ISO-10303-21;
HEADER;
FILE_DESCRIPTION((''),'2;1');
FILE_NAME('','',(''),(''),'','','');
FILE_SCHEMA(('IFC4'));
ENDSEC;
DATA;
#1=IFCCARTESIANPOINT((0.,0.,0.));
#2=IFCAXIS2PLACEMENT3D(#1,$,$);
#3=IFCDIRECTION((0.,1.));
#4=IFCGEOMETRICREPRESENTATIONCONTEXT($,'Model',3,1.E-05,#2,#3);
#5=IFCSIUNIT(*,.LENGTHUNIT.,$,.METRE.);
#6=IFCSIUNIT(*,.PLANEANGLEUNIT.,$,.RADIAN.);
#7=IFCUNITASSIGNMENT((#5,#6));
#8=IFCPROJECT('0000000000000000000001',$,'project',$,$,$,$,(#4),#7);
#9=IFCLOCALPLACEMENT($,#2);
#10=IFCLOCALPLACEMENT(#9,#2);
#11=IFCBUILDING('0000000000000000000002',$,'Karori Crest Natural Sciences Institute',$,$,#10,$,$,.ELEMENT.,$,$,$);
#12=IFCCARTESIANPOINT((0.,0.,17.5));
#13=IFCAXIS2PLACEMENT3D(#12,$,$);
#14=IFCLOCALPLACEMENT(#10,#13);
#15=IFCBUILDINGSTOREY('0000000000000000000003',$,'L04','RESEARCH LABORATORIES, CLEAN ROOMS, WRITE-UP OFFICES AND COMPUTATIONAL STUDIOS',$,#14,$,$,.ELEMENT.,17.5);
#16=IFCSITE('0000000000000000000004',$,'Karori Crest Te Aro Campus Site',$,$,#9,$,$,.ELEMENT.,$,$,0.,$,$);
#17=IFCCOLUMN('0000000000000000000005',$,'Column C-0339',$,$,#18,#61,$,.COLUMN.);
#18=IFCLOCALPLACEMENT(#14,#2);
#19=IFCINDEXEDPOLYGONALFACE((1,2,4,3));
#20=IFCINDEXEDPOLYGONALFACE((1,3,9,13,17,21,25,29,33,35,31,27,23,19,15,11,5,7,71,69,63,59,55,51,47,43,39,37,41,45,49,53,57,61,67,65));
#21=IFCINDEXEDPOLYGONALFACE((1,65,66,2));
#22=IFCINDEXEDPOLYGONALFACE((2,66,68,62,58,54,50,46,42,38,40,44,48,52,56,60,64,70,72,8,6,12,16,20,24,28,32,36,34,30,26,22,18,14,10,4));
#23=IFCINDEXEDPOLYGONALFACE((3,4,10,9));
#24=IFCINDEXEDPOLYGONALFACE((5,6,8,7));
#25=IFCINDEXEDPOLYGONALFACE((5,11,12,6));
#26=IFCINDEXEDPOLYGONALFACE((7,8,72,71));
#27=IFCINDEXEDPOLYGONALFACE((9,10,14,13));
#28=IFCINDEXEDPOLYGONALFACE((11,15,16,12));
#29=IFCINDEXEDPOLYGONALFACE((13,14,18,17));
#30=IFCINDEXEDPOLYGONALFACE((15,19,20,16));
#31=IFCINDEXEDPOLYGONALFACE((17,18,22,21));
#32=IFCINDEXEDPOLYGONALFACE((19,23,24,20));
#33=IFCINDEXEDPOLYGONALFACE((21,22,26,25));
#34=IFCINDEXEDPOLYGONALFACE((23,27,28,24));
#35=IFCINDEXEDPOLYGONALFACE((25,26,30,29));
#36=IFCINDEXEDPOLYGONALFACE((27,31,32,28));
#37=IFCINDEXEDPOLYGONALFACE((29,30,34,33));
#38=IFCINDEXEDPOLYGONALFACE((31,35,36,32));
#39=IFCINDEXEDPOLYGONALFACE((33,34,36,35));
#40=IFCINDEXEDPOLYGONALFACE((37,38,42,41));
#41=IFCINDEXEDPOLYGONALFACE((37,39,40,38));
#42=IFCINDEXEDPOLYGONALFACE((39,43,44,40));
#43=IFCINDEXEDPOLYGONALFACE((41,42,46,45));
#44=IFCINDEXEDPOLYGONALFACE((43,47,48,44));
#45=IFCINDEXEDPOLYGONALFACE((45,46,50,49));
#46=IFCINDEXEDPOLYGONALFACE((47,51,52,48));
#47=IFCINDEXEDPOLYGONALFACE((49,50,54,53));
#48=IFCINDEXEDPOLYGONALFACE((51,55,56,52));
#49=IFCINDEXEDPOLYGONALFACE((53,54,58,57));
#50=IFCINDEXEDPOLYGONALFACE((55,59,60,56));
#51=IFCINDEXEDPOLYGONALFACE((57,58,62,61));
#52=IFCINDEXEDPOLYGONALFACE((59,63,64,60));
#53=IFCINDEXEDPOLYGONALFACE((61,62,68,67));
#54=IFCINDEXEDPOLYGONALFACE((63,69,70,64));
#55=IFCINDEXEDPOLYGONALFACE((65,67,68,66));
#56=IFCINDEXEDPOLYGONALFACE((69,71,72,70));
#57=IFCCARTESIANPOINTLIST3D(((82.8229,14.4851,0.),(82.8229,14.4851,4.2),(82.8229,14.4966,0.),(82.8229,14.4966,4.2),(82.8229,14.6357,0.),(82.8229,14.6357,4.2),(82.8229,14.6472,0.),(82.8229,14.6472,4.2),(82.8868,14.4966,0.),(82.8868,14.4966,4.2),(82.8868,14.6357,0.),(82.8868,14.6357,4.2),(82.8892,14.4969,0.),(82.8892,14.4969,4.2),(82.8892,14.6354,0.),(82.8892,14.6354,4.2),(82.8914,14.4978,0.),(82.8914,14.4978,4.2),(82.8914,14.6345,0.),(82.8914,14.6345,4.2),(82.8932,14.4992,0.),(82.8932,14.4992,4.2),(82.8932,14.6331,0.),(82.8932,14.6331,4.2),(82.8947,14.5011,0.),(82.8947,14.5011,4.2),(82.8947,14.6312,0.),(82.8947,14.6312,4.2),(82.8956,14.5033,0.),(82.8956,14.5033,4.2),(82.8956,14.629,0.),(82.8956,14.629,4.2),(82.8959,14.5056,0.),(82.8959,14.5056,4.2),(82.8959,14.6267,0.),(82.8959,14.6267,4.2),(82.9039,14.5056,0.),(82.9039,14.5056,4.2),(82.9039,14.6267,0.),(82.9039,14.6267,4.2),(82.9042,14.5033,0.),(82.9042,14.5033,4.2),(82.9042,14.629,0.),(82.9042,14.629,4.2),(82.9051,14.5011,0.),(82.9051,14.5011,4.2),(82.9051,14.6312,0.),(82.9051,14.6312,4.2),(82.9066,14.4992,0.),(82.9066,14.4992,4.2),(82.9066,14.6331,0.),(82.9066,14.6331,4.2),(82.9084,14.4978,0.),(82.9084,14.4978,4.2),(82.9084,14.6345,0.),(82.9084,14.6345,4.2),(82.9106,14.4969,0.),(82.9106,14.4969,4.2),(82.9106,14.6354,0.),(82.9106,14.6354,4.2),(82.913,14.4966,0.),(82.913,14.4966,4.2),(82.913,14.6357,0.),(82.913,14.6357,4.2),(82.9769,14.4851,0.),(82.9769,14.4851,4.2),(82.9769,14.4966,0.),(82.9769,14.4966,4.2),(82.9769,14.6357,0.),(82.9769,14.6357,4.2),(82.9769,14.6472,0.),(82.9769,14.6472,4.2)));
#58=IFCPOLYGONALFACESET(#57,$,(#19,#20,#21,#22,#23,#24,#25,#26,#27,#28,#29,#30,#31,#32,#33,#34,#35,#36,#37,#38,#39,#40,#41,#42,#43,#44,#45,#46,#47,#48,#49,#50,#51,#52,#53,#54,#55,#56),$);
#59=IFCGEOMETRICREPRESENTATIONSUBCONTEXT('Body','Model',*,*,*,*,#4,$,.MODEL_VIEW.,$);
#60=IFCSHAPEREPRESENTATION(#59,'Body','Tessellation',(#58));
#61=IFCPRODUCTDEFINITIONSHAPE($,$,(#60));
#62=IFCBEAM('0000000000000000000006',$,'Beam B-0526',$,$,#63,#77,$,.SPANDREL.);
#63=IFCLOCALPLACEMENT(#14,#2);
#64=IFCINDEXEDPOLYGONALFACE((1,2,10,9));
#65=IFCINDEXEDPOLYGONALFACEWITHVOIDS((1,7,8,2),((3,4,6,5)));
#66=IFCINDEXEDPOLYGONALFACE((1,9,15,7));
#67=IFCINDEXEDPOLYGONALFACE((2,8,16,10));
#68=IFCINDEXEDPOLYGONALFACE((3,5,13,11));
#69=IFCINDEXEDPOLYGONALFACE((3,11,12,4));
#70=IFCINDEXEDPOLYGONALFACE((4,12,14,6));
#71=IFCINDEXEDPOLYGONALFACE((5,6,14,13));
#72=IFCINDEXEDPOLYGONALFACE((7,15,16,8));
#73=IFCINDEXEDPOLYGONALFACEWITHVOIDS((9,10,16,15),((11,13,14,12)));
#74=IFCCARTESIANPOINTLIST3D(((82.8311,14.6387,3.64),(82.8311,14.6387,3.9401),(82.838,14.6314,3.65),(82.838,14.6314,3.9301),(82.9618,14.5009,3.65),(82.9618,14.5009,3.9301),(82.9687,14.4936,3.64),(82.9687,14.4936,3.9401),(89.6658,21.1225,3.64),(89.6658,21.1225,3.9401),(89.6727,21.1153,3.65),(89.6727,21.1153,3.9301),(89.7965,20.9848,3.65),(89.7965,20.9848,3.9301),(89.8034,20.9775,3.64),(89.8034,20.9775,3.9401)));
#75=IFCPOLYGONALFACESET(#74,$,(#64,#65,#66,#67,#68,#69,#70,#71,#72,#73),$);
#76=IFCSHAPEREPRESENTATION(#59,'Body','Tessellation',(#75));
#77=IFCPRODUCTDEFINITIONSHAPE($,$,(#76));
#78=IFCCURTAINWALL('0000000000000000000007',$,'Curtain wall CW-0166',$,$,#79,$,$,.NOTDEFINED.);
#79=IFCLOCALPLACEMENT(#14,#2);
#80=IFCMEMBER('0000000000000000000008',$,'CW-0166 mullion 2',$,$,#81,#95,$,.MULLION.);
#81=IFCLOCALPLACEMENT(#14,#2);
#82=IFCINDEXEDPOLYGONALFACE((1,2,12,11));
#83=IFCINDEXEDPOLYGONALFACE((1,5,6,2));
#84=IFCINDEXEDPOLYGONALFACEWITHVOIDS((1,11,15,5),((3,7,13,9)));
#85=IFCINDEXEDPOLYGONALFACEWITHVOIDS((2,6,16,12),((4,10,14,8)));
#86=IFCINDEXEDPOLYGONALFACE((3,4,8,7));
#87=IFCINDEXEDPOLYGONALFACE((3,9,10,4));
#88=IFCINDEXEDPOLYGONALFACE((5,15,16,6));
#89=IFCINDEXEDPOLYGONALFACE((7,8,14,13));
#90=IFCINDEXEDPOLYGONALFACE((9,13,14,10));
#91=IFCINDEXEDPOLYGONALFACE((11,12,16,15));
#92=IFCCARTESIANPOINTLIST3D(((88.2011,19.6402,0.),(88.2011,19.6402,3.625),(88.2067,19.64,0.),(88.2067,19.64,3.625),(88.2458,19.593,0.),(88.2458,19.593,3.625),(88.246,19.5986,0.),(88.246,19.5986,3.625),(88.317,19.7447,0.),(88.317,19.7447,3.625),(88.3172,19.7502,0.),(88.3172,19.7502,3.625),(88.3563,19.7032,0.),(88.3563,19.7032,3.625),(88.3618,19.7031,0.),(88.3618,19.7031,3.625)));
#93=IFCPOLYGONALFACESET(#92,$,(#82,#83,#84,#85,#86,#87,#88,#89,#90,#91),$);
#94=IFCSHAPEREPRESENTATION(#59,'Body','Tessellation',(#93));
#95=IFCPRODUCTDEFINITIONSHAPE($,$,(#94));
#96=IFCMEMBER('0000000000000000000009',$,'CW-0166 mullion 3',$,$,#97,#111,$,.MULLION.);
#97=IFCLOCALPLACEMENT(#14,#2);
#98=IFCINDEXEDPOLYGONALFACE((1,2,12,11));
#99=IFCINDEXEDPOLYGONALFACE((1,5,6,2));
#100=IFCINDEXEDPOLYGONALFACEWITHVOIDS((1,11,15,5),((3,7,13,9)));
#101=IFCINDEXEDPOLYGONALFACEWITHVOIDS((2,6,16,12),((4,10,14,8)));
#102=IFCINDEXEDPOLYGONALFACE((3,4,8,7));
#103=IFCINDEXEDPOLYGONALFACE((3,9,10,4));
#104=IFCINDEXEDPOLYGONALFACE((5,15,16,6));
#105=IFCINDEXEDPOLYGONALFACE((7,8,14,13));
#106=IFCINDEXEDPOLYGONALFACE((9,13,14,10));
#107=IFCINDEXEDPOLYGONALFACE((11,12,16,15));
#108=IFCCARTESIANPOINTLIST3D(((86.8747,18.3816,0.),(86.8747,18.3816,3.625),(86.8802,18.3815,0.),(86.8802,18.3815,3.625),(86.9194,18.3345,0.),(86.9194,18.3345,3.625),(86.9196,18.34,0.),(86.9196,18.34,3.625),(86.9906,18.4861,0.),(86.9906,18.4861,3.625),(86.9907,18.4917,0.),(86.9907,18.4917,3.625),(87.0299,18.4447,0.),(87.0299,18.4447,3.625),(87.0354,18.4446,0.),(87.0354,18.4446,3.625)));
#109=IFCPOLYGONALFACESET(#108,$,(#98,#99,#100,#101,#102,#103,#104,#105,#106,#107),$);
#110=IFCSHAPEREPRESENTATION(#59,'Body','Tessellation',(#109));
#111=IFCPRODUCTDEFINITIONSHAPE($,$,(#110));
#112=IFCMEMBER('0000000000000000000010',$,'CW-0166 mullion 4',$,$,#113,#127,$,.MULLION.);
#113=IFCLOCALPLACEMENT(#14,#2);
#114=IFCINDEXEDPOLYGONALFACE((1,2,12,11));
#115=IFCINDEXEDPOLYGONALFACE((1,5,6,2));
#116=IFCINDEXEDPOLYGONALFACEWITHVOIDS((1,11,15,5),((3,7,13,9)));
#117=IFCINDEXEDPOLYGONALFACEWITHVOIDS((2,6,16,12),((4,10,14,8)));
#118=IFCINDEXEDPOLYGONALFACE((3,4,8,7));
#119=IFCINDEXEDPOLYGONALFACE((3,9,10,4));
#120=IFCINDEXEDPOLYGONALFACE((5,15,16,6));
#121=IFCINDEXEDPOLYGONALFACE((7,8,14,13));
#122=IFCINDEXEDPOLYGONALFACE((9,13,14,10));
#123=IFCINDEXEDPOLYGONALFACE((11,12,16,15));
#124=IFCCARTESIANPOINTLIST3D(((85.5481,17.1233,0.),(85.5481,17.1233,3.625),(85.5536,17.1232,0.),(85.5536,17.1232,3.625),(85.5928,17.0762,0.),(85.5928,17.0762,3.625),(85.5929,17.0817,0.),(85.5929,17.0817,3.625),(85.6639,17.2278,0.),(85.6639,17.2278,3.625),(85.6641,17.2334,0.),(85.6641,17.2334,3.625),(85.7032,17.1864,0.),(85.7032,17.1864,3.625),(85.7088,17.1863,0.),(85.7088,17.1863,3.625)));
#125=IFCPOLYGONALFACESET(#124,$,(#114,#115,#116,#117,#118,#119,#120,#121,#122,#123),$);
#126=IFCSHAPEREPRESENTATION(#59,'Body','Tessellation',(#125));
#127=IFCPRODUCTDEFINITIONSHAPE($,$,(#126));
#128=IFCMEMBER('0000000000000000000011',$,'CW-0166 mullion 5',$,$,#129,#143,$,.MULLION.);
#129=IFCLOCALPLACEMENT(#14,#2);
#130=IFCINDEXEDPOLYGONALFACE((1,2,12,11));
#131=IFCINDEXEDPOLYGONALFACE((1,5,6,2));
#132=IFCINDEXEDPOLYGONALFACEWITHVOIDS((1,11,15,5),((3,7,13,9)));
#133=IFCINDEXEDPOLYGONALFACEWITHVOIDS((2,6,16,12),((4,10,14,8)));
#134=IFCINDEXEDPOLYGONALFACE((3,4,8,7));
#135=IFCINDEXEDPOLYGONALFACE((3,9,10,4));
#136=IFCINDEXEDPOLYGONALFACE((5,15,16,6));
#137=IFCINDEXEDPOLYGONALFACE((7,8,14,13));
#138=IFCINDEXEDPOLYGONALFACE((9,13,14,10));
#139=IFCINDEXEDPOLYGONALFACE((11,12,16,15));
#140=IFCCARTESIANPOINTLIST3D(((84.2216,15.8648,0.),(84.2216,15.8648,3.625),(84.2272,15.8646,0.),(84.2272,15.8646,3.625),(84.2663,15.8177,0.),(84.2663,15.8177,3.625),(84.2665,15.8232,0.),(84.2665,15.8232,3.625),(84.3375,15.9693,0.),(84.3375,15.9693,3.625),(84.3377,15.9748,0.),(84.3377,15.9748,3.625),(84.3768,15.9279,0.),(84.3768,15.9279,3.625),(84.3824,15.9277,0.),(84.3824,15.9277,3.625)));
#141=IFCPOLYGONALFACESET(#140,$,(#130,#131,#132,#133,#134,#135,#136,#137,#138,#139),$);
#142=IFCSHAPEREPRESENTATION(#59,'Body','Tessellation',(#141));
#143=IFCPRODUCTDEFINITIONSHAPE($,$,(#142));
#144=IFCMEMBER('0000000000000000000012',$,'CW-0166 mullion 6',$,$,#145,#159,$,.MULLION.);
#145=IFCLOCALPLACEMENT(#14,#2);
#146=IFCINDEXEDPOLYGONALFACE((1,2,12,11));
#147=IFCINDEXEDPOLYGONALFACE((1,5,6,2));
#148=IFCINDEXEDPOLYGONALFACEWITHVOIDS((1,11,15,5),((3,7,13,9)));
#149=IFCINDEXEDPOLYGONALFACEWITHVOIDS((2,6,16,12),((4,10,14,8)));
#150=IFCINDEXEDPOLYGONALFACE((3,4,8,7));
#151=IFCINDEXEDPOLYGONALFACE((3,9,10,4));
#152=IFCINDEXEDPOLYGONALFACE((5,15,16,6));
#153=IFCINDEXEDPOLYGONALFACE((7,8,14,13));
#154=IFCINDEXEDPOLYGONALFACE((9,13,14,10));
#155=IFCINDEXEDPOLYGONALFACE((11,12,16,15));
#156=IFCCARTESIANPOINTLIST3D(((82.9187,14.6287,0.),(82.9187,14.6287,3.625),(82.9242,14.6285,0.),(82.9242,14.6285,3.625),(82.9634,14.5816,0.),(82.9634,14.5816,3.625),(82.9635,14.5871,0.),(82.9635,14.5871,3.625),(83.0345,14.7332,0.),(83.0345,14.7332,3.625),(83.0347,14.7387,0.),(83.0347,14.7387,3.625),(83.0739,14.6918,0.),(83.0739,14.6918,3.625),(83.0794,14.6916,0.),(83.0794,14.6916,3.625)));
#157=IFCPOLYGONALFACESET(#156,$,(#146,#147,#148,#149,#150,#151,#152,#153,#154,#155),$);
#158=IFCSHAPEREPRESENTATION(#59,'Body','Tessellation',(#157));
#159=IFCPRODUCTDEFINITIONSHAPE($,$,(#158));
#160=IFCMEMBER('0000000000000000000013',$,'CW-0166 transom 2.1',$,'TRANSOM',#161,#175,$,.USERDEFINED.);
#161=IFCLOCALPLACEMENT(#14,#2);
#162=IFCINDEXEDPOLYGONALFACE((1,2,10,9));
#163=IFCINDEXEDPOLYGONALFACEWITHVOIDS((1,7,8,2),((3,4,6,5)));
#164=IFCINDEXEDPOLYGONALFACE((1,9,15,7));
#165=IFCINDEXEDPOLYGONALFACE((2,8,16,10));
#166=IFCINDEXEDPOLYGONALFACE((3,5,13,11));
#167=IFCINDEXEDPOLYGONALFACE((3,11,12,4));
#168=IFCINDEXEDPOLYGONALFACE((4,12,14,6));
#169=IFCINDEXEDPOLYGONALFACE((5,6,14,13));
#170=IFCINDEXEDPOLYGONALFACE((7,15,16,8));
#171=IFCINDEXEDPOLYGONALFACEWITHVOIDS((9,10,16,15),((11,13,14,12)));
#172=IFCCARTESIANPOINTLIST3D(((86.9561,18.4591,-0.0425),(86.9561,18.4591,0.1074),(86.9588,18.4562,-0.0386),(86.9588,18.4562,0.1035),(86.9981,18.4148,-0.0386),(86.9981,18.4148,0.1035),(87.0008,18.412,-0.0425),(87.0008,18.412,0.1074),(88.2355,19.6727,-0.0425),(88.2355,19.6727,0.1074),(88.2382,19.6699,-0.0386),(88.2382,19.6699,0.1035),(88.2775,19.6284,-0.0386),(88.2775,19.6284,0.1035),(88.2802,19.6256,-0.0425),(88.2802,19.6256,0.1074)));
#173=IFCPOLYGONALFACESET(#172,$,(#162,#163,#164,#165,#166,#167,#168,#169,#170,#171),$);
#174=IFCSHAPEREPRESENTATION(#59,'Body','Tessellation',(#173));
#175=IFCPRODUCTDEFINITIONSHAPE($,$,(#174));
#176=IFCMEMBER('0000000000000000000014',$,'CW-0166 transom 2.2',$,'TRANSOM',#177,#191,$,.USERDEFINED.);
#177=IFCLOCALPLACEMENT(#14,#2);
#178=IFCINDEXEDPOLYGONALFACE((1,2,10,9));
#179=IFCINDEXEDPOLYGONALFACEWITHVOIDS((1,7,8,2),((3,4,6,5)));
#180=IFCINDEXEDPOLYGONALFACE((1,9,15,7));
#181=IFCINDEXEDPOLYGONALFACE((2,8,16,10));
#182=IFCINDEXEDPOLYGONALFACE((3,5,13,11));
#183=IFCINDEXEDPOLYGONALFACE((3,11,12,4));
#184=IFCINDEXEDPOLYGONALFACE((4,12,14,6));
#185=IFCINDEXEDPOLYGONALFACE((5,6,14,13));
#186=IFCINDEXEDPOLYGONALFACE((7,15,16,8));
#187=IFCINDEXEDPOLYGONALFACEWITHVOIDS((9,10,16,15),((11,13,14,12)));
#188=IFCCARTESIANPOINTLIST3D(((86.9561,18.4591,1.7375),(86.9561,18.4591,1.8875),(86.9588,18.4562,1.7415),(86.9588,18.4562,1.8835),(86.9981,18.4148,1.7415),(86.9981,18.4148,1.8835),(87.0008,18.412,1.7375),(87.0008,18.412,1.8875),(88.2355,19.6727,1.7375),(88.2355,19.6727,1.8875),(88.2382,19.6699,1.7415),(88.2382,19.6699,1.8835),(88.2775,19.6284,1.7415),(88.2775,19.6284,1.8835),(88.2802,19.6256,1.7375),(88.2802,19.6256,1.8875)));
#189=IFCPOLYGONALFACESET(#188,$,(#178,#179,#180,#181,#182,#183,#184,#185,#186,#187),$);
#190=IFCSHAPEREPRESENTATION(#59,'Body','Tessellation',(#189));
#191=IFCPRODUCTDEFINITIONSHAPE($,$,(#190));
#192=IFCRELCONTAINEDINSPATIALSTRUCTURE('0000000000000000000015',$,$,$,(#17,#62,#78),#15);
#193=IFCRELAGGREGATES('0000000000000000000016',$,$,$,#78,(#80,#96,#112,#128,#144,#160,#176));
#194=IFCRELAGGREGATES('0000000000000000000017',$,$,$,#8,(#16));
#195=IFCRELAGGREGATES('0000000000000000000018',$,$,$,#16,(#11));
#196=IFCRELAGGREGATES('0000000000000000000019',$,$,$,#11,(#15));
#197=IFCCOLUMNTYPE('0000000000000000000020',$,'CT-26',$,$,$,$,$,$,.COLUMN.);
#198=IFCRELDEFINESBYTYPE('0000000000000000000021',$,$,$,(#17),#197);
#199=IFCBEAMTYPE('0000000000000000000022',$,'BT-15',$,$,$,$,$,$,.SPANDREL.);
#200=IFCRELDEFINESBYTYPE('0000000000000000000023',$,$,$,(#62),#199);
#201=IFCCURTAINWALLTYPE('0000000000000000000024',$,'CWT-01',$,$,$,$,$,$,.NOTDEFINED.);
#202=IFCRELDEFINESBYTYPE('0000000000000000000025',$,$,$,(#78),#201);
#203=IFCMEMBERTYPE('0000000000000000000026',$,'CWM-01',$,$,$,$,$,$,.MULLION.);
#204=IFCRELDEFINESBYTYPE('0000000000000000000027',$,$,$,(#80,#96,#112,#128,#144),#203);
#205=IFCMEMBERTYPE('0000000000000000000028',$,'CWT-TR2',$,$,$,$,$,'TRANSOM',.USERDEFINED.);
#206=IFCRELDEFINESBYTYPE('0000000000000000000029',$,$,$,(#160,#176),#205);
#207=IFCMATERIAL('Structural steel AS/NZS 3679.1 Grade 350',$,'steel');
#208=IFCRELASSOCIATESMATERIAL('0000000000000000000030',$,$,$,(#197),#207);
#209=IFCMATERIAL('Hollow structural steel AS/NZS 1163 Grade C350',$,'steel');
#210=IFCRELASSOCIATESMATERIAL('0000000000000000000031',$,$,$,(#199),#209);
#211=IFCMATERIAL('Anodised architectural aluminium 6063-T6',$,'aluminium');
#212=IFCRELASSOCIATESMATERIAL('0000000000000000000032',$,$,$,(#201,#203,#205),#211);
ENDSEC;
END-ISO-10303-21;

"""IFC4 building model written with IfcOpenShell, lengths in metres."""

from ifc_helpers import new_model, si_unit, direction, frame, origin, origin_2d, place, context, subcontext, project, spatial, hollow_rectangle, i_section, extrude, material, material_profile, profile_set, type_object, element, aggregate, save


model = new_model("IFC4")

# Units and contexts
model_context = context("Model", 3, precision=1e-05, world=origin(), true_north=direction((0.0, 1.0)))
body_context = subcontext(model_context, "Body", "Model", "MODEL_VIEW")
ifc_project = project(units=[si_unit("LENGTHUNIT", "METRE"), si_unit("PLANEANGLEUNIT", "RADIAN")], contexts=[model_context])

# Site, building, storey
site_placement = place(None, origin())
site = spatial("IfcSite", under=ifc_project, at=site_placement, Name="Karori Crest Te Aro Campus Site", CompositionType="ELEMENT", RefElevation=0.0)
building_placement = place(site_placement, origin())
building = spatial("IfcBuilding", under=site, at=building_placement, Name="Karori Crest Natural Sciences Institute", CompositionType="ELEMENT")
storey_placement = place(building_placement, frame((0.0, 0.0, 17.5)))
storey = spatial("IfcBuildingStorey", under=building, at=storey_placement, Name="L04", Description="RESEARCH LABORATORIES, CLEAN ROOMS, WRITE-UP OFFICES AND COMPUTATIONAL STUDIOS", CompositionType="ELEMENT", Elevation=17.5)

# Column
ifc_material_1 = material(Name="Structural steel AS/NZS 3679.1 Grade 350", Category="steel")
ifc_material_profile_1 = material_profile(ifc_material_1, i_section(OverallWidth=0.1541, OverallDepth=0.1621, WebThickness=0.0081, FlangeThickness=0.0115, FilletRadius=0.009, at=origin_2d()), Name="150UC37.2")
ifc_profile_set_1 = profile_set([ifc_material_profile_1], Name="Structural steel AS/NZS 3679.1 Grade 350")
column_type = type_object("IfcColumnType", Name="CT-26", PredefinedType="COLUMN", material=ifc_profile_set_1)
column_placement = place(storey_placement, frame((82.8999, 14.5662, 0.0), z_axis=(0.0, 0.0, 1.0), x_axis=(1.0, 0.0, 0.0)))
element("IfcColumn", 1, at=column_placement, inside=storey, type_object=column_type, Name="Column C-0339", PredefinedType="COLUMN", context=body_context, shape_type="SweptSolid", body=[
    extrude(i_section(OverallWidth=0.1541, OverallDepth=0.1621, WebThickness=0.0081, FlangeThickness=0.0115, FilletRadius=0.009, at=origin_2d()), origin(), (0.0, 0.0, 1.0), 4.2),
])

# Beam
ifc_material_2 = material(Name="Hollow structural steel AS/NZS 1163 Grade C350", Category="steel")
ifc_material_profile_2 = material_profile(ifc_material_2, hollow_rectangle(XDim=0.2, YDim=0.3, WallThickness=0.01, at=origin_2d()), Name="RHS300x200x10")
ifc_profile_set_2 = profile_set([ifc_material_profile_2], Name="Hollow structural steel AS/NZS 1163 Grade C350")
beam_type = type_object("IfcBeamType", Name="BT-15", PredefinedType="SPANDREL", material=ifc_profile_set_2)
beam_placement = place(storey_placement, frame((82.8999, 14.5662, 3.79), z_axis=(0.725481, 0.688242, 0.0), x_axis=(-0.688242, 0.725481, 0.0)))
element("IfcBeam", 2, at=beam_placement, inside=storey, type_object=beam_type, Name="Beam B-0526", PredefinedType="SPANDREL", context=body_context, shape_type="SweptSolid", body=[
    extrude(hollow_rectangle(XDim=0.2, YDim=0.3, WallThickness=0.01, at=origin_2d()), origin(), (0.0, 0.0, 1.0), 9.4209),
])

# Curtain wall, members
ifc_material_3 = material(Name="Anodised architectural aluminium 6063-T6", Category="aluminium")
curtain_wall_type = type_object("IfcCurtainWallType", Name="CWT-01", PredefinedType="NOTDEFINED", material=ifc_material_3)
curtain_wall_placement = place(storey_placement, origin())
curtain_wall = element("IfcCurtainWall", 3, at=curtain_wall_placement, inside=storey, type_object=curtain_wall_type, Name="Curtain wall CW-0166", PredefinedType="NOTDEFINED")
ifc_material_profile_3 = material_profile(ifc_material_3, hollow_rectangle(XDim=0.0649, YDim=0.1599, WallThickness=0.0039, at=origin_2d()), Name="CWM160x65x4")
ifc_profile_set_3 = profile_set([ifc_material_profile_3], Name="Anodised architectural aluminium 6063-T6")
member_type_1 = type_object("IfcMemberType", Name="CWM-01", PredefinedType="MULLION", material=ifc_profile_set_3)
member_1_placement = place(storey_placement, frame((88.2815, 19.6716, 0.0), z_axis=(0.0, 0.0, 1.0), x_axis=(0.688251, -0.725473, 0.0)))
member_1 = element("IfcMember", 4, at=member_1_placement, type_object=member_type_1, Name="CW-0166 mullion 2", PredefinedType="MULLION", context=body_context, shape_type="SweptSolid", body=[
    extrude(hollow_rectangle(XDim=0.0649, YDim=0.1599, WallThickness=0.0039, at=origin_2d()), origin(), (0.0, 0.0, 1.0), 3.625),
])
member_2_placement = place(storey_placement, frame((86.9551, 18.4131, 0.0), z_axis=(0.0, 0.0, 1.0), x_axis=(0.688251, -0.725473, 0.0)))
member_2 = element("IfcMember", 5, at=member_2_placement, type_object=member_type_1, Name="CW-0166 mullion 3", PredefinedType="MULLION", context=body_context, shape_type="SweptSolid", body=[
    extrude(hollow_rectangle(XDim=0.0649, YDim=0.1599, WallThickness=0.0039, at=origin_2d()), origin(), (0.0, 0.0, 1.0), 3.625),
])
member_3_placement = place(storey_placement, frame((85.6284, 17.1548, 0.0), z_axis=(0.0, 0.0, 1.0), x_axis=(0.688251, -0.725473, 0.0)))
member_3 = element("IfcMember", 6, at=member_3_placement, type_object=member_type_1, Name="CW-0166 mullion 4", PredefinedType="MULLION", context=body_context, shape_type="SweptSolid", body=[
    extrude(hollow_rectangle(XDim=0.0649, YDim=0.1599, WallThickness=0.0039, at=origin_2d()), origin(), (0.0, 0.0, 1.0), 3.625),
])
member_4_placement = place(storey_placement, frame((84.302, 15.8962, 0.0), z_axis=(0.0, 0.0, 1.0), x_axis=(0.688251, -0.725473, 0.0)))
member_4 = element("IfcMember", 7, at=member_4_placement, type_object=member_type_1, Name="CW-0166 mullion 5", PredefinedType="MULLION", context=body_context, shape_type="SweptSolid", body=[
    extrude(hollow_rectangle(XDim=0.0649, YDim=0.1599, WallThickness=0.0039, at=origin_2d()), origin(), (0.0, 0.0, 1.0), 3.625),
])
member_5_placement = place(storey_placement, frame((82.999, 14.6602, 0.0), z_axis=(0.0, 0.0, 1.0), x_axis=(0.688251, -0.725473, 0.0)))
member_5 = element("IfcMember", 8, at=member_5_placement, type_object=member_type_1, Name="CW-0166 mullion 6", PredefinedType="MULLION", context=body_context, shape_type="SweptSolid", body=[
    extrude(hollow_rectangle(XDim=0.0649, YDim=0.1599, WallThickness=0.0039, at=origin_2d()), origin(), (0.0, 0.0, 1.0), 3.625),
])
ifc_material_profile_4 = material_profile(ifc_material_3, hollow_rectangle(XDim=0.0649, YDim=0.1499, WallThickness=0.0039, at=origin_2d()), Name="CWT150x65x4")
ifc_profile_set_4 = profile_set([ifc_material_profile_4], Name="Anodised architectural aluminium 6063-T6")
member_type_2 = type_object("IfcMemberType", Name="CWT-TR2", ElementType="TRANSOM", PredefinedType="USERDEFINED", material=ifc_profile_set_4)
member_6_placement = place(storey_placement, frame((88.2578, 19.6492, 0.0325), z_axis=(-0.725483, -0.68824, 0.0), x_axis=(0.68824, -0.725483, 0.0)))
member_6 = element("IfcMember", 9, at=member_6_placement, type_object=member_type_2, Name="CW-0166 transom 2.1", ObjectType="TRANSOM", PredefinedType="USERDEFINED", context=body_context, shape_type="SweptSolid", body=[
    extrude(hollow_rectangle(XDim=0.0649, YDim=0.1499, WallThickness=0.0039, at=origin_2d()), origin(), (0.0, 0.0, 1.0), 1.7634),
])
member_7_placement = place(storey_placement, frame((88.2578, 19.6492, 1.8125), z_axis=(-0.725483, -0.68824, 0.0), x_axis=(0.68824, -0.725483, 0.0)))
member_7 = element("IfcMember", 10, at=member_7_placement, type_object=member_type_2, Name="CW-0166 transom 2.2", ObjectType="TRANSOM", PredefinedType="USERDEFINED", context=body_context, shape_type="SweptSolid", body=[
    extrude(hollow_rectangle(XDim=0.0649, YDim=0.1499, WallThickness=0.0039, at=origin_2d()), origin(), (0.0, 0.0, 1.0), 1.7634),
])
aggregate(curtain_wall, [member_1, member_2, member_3, member_4, member_5, member_6, member_7])

save(model, "model.ifc")
